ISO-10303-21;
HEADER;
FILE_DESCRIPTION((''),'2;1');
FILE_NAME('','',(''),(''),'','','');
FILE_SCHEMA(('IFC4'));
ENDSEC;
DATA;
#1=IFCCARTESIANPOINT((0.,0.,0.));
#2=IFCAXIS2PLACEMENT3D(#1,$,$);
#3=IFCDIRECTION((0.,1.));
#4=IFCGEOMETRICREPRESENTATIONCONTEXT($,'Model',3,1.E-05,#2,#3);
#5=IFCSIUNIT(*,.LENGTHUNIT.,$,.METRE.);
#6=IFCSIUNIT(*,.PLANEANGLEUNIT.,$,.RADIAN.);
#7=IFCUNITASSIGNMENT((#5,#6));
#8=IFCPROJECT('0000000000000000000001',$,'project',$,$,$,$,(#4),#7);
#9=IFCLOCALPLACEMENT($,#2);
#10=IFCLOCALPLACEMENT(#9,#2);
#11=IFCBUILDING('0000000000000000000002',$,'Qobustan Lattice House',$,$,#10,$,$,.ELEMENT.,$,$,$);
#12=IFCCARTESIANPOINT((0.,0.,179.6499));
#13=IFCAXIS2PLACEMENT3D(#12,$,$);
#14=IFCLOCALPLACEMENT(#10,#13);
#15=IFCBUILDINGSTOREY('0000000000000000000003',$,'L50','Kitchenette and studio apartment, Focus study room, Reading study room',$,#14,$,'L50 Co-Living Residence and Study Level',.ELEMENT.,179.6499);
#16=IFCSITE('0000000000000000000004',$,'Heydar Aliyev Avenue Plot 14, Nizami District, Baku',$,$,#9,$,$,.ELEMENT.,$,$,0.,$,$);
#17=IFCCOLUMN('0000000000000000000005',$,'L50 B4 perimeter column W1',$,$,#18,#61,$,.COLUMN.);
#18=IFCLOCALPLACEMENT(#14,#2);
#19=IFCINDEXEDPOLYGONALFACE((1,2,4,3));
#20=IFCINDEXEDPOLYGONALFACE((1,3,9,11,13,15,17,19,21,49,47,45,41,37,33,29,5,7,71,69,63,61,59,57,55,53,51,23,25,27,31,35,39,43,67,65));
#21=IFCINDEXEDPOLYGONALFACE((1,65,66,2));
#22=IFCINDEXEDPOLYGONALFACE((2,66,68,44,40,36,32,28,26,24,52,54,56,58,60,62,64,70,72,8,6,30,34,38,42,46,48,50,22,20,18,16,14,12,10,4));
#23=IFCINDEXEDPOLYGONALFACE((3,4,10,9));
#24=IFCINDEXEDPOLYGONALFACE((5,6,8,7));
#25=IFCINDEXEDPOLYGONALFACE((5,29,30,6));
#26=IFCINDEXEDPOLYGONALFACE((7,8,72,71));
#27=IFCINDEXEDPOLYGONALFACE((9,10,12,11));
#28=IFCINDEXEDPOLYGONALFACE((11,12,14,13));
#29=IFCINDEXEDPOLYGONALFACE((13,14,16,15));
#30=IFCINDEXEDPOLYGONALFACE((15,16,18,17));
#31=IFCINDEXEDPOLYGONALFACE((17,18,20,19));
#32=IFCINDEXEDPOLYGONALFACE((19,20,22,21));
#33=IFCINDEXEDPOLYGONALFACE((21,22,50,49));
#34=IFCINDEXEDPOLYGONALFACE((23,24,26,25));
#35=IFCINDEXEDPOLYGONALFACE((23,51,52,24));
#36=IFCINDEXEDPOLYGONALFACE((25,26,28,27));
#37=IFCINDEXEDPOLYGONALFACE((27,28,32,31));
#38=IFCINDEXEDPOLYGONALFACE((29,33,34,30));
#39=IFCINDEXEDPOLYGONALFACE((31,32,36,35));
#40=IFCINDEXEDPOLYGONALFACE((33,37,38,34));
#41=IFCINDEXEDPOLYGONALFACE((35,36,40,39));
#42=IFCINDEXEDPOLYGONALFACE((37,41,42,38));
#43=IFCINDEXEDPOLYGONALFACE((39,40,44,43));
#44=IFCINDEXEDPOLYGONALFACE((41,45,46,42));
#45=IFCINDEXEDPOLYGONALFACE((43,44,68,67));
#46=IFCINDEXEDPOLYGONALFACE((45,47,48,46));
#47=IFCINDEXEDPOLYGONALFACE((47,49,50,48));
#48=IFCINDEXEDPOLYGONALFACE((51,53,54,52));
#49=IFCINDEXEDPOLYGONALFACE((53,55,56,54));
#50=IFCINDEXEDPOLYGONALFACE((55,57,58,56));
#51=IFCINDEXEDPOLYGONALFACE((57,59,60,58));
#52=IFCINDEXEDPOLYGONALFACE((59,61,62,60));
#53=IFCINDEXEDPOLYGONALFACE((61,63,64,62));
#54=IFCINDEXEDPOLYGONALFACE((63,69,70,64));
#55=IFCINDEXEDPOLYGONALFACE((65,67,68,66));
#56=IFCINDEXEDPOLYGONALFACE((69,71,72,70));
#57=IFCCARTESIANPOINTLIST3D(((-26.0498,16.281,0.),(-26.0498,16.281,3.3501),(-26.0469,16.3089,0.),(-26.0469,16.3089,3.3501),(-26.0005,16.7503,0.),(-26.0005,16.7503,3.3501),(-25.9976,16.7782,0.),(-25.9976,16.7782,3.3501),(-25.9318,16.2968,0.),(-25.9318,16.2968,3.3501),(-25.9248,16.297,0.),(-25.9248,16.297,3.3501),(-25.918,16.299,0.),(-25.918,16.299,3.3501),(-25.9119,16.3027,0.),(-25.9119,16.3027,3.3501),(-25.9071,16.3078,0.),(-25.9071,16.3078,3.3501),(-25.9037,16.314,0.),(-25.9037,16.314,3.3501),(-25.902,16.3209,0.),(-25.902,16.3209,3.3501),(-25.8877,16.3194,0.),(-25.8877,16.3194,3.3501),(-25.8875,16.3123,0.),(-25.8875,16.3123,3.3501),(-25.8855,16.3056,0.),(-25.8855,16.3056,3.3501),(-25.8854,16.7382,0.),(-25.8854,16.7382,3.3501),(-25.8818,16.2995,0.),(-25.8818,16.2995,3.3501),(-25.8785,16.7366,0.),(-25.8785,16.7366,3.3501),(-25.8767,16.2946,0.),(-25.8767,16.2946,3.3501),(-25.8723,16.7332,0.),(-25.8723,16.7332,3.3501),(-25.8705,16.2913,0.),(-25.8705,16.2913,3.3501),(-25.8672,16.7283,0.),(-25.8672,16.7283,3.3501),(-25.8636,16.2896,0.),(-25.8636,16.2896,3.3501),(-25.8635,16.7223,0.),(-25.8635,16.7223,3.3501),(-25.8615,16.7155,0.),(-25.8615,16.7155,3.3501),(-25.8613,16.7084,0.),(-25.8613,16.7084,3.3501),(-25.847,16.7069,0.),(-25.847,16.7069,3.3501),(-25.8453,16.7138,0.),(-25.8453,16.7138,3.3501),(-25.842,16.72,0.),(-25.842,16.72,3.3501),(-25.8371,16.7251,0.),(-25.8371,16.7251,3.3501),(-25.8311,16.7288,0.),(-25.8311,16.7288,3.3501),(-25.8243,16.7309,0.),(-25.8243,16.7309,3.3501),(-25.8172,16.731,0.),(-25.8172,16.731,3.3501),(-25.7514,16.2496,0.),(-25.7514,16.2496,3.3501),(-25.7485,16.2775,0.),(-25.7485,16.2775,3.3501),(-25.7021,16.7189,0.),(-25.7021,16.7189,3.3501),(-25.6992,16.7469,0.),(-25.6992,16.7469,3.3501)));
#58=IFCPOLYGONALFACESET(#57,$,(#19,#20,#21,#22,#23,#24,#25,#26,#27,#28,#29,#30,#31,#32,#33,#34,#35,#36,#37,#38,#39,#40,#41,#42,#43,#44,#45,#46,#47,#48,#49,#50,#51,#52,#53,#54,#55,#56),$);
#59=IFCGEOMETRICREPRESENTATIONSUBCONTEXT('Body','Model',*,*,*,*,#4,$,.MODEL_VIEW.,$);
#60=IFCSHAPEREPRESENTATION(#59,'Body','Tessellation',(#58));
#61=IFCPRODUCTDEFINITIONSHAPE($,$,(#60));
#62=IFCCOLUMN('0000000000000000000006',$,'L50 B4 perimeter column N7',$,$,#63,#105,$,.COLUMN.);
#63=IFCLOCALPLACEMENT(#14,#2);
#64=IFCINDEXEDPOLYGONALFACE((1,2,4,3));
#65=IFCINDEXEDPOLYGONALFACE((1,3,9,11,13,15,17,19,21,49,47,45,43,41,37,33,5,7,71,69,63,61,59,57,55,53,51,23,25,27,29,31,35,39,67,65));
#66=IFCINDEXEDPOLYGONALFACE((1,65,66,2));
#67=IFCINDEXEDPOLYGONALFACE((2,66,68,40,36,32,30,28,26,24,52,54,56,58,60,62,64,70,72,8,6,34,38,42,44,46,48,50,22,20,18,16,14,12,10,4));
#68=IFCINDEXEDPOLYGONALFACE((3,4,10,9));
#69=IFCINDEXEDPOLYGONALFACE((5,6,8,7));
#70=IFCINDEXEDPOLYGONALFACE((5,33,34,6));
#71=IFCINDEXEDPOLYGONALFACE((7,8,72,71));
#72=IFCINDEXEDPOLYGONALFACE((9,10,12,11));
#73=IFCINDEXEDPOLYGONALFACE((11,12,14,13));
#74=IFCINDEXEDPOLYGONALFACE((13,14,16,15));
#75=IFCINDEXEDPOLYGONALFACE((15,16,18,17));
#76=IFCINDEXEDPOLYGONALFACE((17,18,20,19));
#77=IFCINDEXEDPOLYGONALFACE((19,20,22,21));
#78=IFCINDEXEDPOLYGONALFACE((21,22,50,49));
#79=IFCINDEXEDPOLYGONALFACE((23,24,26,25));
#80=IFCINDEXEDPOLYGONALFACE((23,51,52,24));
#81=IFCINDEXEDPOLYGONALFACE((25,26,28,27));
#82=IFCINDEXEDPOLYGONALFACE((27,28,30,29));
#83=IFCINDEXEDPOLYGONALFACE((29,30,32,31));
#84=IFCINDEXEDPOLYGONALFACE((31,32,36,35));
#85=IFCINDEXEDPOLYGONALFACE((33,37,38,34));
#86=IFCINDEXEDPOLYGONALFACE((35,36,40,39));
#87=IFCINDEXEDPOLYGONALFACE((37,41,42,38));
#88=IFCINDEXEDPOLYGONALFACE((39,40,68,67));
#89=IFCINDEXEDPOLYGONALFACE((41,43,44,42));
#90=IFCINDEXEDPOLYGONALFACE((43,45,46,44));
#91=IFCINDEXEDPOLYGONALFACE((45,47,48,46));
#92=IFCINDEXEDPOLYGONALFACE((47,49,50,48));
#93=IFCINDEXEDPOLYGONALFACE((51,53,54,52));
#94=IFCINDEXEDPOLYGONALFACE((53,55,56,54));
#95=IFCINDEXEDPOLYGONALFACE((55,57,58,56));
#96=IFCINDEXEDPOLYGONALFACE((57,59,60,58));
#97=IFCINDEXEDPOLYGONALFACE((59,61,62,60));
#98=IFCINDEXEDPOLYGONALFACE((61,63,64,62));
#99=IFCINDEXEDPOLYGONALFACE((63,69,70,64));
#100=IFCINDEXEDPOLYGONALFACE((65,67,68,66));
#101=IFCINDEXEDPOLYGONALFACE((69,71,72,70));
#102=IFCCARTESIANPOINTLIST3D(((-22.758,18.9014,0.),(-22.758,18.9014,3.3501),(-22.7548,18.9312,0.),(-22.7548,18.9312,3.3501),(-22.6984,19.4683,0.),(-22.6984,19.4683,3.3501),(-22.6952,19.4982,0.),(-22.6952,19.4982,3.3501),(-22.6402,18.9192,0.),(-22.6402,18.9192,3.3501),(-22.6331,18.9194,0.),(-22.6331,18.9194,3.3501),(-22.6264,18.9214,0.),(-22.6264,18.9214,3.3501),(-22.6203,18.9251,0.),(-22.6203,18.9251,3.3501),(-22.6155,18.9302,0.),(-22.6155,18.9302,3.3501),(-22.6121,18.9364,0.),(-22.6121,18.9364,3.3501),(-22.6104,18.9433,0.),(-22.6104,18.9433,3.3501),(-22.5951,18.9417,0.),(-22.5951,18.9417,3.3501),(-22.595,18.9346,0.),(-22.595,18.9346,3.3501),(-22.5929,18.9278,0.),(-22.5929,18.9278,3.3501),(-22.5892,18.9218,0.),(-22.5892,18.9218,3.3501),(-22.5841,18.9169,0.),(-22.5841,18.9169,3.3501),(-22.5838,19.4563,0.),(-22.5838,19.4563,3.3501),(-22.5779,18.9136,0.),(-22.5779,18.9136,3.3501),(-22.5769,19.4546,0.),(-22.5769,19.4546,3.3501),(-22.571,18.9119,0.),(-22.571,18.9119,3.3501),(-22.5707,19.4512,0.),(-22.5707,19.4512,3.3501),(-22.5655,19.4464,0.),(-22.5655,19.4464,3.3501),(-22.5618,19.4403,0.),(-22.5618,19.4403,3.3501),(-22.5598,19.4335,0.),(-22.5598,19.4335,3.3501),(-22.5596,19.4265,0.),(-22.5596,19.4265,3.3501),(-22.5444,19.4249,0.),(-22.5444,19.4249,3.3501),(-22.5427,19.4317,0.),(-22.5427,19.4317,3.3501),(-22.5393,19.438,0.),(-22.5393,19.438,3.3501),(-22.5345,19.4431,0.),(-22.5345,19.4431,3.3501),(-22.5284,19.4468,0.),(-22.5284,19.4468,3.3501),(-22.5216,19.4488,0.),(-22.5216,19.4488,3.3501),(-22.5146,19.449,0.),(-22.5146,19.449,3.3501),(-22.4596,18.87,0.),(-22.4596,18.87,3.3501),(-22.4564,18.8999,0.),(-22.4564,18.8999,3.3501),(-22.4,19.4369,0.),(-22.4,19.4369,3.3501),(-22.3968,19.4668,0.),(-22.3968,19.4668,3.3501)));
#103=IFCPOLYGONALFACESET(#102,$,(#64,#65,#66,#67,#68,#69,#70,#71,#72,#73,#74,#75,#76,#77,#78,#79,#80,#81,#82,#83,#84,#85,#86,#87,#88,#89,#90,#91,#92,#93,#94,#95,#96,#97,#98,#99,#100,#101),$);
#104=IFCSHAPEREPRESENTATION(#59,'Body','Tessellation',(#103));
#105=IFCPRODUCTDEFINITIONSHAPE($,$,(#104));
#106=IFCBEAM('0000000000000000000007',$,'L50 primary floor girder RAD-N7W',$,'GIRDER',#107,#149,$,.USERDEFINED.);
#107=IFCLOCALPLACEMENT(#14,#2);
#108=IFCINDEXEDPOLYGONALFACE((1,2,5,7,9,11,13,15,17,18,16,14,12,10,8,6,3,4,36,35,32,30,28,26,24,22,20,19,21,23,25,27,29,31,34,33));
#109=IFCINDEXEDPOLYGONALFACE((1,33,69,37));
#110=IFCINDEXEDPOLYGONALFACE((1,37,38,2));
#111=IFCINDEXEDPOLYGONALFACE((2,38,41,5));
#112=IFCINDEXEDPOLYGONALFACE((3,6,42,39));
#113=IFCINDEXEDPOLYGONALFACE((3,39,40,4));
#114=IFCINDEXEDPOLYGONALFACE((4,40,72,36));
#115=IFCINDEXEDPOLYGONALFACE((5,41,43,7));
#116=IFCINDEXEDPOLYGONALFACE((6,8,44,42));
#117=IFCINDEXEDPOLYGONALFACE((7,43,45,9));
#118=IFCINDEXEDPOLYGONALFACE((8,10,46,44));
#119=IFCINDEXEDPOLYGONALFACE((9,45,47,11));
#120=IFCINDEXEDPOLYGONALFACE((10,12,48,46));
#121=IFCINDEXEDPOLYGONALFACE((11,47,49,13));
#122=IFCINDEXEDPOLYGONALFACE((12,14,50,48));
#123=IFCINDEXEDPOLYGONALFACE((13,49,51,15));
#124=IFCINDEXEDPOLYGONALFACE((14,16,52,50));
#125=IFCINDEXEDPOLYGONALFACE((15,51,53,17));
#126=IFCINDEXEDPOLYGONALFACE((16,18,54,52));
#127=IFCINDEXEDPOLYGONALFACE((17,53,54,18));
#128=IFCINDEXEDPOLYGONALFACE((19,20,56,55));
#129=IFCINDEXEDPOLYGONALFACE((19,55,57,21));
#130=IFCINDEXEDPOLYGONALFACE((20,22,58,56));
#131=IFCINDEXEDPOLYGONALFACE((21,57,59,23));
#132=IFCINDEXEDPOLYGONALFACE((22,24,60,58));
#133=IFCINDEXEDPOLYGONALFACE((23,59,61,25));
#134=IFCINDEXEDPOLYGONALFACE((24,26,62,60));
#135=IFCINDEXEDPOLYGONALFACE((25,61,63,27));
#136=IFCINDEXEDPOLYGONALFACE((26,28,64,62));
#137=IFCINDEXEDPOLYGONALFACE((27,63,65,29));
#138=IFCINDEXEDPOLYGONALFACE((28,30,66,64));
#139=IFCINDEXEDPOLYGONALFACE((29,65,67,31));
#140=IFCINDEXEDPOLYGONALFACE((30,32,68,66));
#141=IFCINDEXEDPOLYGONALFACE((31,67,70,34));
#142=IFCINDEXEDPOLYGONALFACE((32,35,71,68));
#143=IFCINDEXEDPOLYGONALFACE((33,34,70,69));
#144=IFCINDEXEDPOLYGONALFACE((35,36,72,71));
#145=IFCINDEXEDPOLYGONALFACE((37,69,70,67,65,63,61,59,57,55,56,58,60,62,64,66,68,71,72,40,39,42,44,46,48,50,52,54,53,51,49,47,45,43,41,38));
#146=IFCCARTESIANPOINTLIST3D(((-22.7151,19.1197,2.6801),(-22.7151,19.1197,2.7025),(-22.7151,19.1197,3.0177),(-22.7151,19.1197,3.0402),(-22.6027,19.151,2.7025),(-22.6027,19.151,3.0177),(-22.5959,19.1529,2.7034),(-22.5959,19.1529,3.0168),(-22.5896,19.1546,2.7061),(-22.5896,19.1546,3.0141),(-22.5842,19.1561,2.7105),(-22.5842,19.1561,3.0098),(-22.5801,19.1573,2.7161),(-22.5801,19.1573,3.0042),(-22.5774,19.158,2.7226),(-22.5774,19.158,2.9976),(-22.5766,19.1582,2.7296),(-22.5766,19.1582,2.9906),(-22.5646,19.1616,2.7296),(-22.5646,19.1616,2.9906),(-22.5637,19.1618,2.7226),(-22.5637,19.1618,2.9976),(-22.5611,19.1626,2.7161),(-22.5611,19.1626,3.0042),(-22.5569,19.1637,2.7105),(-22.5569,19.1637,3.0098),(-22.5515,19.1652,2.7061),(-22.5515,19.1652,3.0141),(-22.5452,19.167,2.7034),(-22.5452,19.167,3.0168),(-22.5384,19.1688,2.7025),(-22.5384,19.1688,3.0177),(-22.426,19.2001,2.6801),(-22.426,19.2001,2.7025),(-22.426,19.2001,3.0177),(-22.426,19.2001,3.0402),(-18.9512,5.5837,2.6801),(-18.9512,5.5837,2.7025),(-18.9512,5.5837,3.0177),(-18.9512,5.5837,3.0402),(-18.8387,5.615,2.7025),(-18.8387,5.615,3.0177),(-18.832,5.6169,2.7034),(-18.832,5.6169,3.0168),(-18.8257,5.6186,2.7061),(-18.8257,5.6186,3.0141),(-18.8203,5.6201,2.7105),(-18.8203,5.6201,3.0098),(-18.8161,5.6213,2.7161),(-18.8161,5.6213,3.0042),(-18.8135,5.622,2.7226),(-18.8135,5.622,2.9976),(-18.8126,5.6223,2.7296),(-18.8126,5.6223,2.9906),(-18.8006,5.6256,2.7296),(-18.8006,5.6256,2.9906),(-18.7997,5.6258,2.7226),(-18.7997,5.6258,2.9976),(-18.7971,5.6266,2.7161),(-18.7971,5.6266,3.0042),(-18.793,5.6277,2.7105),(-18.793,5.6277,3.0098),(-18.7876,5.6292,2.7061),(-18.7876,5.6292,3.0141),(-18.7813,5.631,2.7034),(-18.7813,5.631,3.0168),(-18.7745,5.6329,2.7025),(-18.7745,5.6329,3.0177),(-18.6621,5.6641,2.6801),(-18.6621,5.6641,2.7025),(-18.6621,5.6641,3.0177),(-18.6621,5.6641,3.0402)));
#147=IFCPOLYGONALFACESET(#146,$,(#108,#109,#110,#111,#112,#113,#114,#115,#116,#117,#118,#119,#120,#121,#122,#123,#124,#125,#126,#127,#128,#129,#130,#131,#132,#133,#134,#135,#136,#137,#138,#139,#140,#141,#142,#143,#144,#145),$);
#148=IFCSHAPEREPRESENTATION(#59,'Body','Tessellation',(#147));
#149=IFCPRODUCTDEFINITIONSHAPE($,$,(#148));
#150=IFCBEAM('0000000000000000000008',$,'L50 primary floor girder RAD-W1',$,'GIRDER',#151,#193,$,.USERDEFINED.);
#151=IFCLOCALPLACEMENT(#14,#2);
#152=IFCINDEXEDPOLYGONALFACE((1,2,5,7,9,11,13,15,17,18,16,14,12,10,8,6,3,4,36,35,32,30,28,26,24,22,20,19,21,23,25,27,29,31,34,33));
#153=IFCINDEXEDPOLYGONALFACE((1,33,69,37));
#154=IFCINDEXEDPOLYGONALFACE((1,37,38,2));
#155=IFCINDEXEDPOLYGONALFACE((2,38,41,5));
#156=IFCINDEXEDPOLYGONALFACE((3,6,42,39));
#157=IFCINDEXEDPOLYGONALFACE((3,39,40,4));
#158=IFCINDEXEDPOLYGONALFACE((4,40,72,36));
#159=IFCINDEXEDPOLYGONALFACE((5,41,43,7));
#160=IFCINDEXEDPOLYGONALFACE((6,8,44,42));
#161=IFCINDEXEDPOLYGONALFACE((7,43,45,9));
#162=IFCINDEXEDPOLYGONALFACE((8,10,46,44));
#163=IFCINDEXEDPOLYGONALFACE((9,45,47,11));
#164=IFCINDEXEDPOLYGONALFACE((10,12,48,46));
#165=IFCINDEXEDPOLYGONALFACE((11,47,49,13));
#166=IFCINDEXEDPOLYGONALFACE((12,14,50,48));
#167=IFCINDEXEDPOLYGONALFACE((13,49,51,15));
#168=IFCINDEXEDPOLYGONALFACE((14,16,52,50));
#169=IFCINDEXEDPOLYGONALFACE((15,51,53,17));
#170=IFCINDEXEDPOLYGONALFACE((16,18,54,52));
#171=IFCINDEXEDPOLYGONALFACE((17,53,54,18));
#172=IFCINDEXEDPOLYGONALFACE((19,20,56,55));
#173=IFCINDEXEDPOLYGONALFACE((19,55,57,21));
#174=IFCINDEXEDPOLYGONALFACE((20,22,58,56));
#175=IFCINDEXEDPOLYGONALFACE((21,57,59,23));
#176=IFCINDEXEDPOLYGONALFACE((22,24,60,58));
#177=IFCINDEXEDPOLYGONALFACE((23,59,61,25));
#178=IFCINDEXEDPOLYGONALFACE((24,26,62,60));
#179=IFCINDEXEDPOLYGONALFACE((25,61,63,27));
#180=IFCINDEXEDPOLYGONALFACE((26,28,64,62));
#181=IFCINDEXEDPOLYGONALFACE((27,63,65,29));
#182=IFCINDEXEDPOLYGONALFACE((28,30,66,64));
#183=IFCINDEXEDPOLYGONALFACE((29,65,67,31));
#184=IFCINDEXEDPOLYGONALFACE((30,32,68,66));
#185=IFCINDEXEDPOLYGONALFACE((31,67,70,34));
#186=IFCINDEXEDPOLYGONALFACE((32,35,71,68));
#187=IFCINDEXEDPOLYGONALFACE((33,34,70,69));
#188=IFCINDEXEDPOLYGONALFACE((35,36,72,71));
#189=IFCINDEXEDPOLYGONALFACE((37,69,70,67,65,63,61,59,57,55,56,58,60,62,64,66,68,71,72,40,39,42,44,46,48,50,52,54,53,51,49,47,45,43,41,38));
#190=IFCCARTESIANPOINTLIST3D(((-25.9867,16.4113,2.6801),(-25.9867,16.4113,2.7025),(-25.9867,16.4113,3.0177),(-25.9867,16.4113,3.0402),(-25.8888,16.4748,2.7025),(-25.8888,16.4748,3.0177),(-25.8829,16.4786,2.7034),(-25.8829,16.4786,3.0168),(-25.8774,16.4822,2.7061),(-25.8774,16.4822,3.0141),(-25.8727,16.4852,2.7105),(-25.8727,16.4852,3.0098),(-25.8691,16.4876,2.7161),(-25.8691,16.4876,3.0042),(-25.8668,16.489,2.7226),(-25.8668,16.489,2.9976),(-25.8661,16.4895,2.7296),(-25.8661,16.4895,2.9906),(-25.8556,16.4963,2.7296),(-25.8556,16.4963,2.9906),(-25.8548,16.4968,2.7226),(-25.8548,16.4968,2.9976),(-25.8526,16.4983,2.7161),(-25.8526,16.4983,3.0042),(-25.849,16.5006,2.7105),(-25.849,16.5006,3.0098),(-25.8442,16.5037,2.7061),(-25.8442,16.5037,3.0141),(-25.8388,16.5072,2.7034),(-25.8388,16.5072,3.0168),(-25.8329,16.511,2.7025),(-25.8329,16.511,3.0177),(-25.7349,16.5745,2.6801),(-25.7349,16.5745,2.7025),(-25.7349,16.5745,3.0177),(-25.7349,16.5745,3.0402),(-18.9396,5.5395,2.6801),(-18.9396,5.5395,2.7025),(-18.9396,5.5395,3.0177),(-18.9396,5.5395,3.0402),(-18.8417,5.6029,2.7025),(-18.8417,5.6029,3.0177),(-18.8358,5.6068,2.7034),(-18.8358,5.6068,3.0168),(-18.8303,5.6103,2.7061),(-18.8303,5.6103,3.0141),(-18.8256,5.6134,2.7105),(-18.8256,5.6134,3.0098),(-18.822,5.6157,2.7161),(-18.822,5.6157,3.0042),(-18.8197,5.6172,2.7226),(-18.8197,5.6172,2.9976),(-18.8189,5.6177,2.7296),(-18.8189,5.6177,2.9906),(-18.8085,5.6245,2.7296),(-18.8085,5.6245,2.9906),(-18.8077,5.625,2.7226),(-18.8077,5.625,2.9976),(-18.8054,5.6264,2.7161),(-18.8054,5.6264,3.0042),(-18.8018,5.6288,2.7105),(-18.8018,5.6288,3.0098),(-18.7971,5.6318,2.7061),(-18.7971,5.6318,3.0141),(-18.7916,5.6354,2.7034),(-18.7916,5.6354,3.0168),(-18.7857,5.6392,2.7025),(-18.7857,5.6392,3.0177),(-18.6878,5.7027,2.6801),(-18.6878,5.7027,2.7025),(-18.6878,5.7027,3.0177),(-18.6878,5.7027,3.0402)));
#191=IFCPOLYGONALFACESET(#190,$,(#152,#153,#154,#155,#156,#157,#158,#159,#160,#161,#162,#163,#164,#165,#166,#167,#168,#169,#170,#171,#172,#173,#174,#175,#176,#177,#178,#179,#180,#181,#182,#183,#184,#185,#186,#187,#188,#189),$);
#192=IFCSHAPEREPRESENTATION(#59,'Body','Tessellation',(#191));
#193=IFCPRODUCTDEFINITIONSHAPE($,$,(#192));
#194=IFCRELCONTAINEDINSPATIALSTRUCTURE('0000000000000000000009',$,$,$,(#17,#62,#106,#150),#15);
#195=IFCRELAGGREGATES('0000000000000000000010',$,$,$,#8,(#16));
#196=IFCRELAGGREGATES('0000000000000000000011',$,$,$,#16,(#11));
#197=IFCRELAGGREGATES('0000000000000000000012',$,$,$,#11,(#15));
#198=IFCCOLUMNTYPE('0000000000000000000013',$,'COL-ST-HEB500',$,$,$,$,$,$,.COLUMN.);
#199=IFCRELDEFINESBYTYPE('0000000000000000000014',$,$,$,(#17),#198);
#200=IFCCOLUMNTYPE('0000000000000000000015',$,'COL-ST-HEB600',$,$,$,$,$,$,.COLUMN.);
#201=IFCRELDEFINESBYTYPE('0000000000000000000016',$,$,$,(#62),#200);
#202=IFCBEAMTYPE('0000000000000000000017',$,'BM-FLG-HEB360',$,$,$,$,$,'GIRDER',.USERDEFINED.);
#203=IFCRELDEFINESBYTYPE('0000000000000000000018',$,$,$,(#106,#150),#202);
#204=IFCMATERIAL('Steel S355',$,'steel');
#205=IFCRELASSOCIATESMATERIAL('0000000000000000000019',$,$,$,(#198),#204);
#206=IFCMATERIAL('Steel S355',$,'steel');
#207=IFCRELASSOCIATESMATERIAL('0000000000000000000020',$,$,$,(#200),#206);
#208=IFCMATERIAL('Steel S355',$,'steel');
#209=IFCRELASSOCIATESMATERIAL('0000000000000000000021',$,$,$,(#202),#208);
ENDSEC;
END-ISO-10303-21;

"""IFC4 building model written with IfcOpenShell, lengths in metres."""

from ifc_helpers import new_model, si_unit, direction, frame, origin, origin_2d, place, context, subcontext, project, spatial, i_section, extrude, material, material_profile, profile_set, type_object, element, save


model = new_model("IFC4")

# Units and contexts
model_context = context("Model", 3, precision=1e-05, world=origin(), true_north=direction((0.0, 1.0)))
body_context = subcontext(model_context, "Body", "Model", "MODEL_VIEW")
ifc_project = project(units=[si_unit("LENGTHUNIT", "METRE"), si_unit("PLANEANGLEUNIT", "RADIAN")], contexts=[model_context])

# Site, building, storey
site_placement = place(None, origin())
site = spatial("IfcSite", under=ifc_project, at=site_placement, Name="Heydar Aliyev Avenue Plot 14, Nizami District, Baku", CompositionType="ELEMENT", RefElevation=0.0)
building_placement = place(site_placement, origin())
building = spatial("IfcBuilding", under=site, at=building_placement, Name="Qobustan Lattice House", CompositionType="ELEMENT")
storey_placement = place(building_placement, frame((0.0, 0.0, 179.6499)))
storey = spatial("IfcBuildingStorey", under=building, at=storey_placement, Name="L50", Description="Kitchenette and studio apartment, Focus study room, Reading study room", LongName="L50 Co-Living Residence and Study Level", CompositionType="ELEMENT", Elevation=179.6499)

# Columns
ifc_material_1 = material(Name="Steel S355", Category="steel")
ifc_material_profile_1 = material_profile(ifc_material_1, i_section(OverallWidth=0.3, OverallDepth=0.5, WebThickness=0.0144, FlangeThickness=0.0281, FilletRadius=0.0271, at=origin_2d()), Name="HEB500")
ifc_profile_set_1 = profile_set([ifc_material_profile_1], Name="Steel S355")
column_type_1 = type_object("IfcColumnType", Name="COL-ST-HEB500", PredefinedType="COLUMN", material=ifc_profile_set_1)
column_1_placement = place(storey_placement, frame((-25.8745, 16.5139, 0.0), z_axis=(0.0, 0.0, 1.0), x_axis=(0.994522, -0.104528, 0.0)))
element("IfcColumn", 1, at=column_1_placement, inside=storey, type_object=column_type_1, Name="L50 B4 perimeter column W1", PredefinedType="COLUMN", context=body_context, shape_type="SweptSolid", body=[
    extrude(i_section(OverallWidth=0.3, OverallDepth=0.5, WebThickness=0.0144, FlangeThickness=0.0281, FilletRadius=0.0271, at=origin_2d()), origin(), (0.0, 0.0, 1.0), 3.3501),
])
ifc_material_2 = material(Name="Steel S355", Category="steel")
ifc_material_profile_2 = material_profile(ifc_material_2, i_section(OverallWidth=0.3, OverallDepth=0.6001, WebThickness=0.0154, FlangeThickness=0.03, FilletRadius=0.0271, at=origin_2d()), Name="HEB600")
ifc_profile_set_2 = profile_set([ifc_material_profile_2], Name="Steel S355")
column_type_2 = type_object("IfcColumnType", Name="COL-ST-HEB600", PredefinedType="COLUMN", material=ifc_profile_set_2)
column_2_placement = place(storey_placement, frame((-22.5774, 19.1841, 0.0), z_axis=(0.0, 0.0, 1.0), x_axis=(0.994522, -0.104528, 0.0)))
element("IfcColumn", 2, at=column_2_placement, inside=storey, type_object=column_type_2, Name="L50 B4 perimeter column N7", PredefinedType="COLUMN", context=body_context, shape_type="SweptSolid", body=[
    extrude(i_section(OverallWidth=0.3, OverallDepth=0.6001, WebThickness=0.0154, FlangeThickness=0.03, FilletRadius=0.0271, at=origin_2d()), origin(), (0.0, 0.0, 1.0), 3.3501),
])

# Beams
ifc_material_3 = material(Name="Steel S355", Category="steel")
ifc_material_profile_3 = material_profile(ifc_material_3, i_section(OverallWidth=0.3, OverallDepth=0.3601, WebThickness=0.0125, FlangeThickness=0.0225, FilletRadius=0.0271, at=origin_2d()), Name="HEB360")
ifc_profile_set_3 = profile_set([ifc_material_profile_3], Name="Steel S355")
beam_type_1 = type_object("IfcBeamType", Name="BM-FLG-HEB360", ElementType="GIRDER", PredefinedType="USERDEFINED", material=ifc_profile_set_3)
beam_1_placement = place(storey_placement, frame((-22.5706, 19.1599, 2.8601), z_axis=(0.267905, -0.963445, 0.0), x_axis=(0.963445, 0.267905, 0.0)))
element("IfcBeam", 3, at=beam_1_placement, inside=storey, type_object=beam_type_1, Name="L50 primary floor girder RAD-N7W", ObjectType="GIRDER", PredefinedType="USERDEFINED", context=body_context, shape_type="SweptSolid", body=[
    extrude(i_section(OverallWidth=0.3, OverallDepth=0.3601, WebThickness=0.0125, FlangeThickness=0.0225, FilletRadius=0.0271, at=origin_2d()), origin(), (0.0, 0.0, 1.0), 14.0496),
])
beam_2_placement = place(storey_placement, frame((-25.8608, 16.4929, 2.8601), z_axis=(0.543926, -0.839133, 0.0), x_axis=(0.839133, 0.543926, 0.0)))
element("IfcBeam", 4, at=beam_2_placement, inside=storey, type_object=beam_type_1, Name="L50 primary floor girder RAD-W1", ObjectType="GIRDER", PredefinedType="USERDEFINED", context=body_context, shape_type="SweptSolid", body=[
    extrude(i_section(OverallWidth=0.3, OverallDepth=0.3601, WebThickness=0.0125, FlangeThickness=0.0225, FilletRadius=0.0271, at=origin_2d()), origin(), (0.0, 0.0, 1.0), 12.9561),
])

save(model, "model.ifc")
